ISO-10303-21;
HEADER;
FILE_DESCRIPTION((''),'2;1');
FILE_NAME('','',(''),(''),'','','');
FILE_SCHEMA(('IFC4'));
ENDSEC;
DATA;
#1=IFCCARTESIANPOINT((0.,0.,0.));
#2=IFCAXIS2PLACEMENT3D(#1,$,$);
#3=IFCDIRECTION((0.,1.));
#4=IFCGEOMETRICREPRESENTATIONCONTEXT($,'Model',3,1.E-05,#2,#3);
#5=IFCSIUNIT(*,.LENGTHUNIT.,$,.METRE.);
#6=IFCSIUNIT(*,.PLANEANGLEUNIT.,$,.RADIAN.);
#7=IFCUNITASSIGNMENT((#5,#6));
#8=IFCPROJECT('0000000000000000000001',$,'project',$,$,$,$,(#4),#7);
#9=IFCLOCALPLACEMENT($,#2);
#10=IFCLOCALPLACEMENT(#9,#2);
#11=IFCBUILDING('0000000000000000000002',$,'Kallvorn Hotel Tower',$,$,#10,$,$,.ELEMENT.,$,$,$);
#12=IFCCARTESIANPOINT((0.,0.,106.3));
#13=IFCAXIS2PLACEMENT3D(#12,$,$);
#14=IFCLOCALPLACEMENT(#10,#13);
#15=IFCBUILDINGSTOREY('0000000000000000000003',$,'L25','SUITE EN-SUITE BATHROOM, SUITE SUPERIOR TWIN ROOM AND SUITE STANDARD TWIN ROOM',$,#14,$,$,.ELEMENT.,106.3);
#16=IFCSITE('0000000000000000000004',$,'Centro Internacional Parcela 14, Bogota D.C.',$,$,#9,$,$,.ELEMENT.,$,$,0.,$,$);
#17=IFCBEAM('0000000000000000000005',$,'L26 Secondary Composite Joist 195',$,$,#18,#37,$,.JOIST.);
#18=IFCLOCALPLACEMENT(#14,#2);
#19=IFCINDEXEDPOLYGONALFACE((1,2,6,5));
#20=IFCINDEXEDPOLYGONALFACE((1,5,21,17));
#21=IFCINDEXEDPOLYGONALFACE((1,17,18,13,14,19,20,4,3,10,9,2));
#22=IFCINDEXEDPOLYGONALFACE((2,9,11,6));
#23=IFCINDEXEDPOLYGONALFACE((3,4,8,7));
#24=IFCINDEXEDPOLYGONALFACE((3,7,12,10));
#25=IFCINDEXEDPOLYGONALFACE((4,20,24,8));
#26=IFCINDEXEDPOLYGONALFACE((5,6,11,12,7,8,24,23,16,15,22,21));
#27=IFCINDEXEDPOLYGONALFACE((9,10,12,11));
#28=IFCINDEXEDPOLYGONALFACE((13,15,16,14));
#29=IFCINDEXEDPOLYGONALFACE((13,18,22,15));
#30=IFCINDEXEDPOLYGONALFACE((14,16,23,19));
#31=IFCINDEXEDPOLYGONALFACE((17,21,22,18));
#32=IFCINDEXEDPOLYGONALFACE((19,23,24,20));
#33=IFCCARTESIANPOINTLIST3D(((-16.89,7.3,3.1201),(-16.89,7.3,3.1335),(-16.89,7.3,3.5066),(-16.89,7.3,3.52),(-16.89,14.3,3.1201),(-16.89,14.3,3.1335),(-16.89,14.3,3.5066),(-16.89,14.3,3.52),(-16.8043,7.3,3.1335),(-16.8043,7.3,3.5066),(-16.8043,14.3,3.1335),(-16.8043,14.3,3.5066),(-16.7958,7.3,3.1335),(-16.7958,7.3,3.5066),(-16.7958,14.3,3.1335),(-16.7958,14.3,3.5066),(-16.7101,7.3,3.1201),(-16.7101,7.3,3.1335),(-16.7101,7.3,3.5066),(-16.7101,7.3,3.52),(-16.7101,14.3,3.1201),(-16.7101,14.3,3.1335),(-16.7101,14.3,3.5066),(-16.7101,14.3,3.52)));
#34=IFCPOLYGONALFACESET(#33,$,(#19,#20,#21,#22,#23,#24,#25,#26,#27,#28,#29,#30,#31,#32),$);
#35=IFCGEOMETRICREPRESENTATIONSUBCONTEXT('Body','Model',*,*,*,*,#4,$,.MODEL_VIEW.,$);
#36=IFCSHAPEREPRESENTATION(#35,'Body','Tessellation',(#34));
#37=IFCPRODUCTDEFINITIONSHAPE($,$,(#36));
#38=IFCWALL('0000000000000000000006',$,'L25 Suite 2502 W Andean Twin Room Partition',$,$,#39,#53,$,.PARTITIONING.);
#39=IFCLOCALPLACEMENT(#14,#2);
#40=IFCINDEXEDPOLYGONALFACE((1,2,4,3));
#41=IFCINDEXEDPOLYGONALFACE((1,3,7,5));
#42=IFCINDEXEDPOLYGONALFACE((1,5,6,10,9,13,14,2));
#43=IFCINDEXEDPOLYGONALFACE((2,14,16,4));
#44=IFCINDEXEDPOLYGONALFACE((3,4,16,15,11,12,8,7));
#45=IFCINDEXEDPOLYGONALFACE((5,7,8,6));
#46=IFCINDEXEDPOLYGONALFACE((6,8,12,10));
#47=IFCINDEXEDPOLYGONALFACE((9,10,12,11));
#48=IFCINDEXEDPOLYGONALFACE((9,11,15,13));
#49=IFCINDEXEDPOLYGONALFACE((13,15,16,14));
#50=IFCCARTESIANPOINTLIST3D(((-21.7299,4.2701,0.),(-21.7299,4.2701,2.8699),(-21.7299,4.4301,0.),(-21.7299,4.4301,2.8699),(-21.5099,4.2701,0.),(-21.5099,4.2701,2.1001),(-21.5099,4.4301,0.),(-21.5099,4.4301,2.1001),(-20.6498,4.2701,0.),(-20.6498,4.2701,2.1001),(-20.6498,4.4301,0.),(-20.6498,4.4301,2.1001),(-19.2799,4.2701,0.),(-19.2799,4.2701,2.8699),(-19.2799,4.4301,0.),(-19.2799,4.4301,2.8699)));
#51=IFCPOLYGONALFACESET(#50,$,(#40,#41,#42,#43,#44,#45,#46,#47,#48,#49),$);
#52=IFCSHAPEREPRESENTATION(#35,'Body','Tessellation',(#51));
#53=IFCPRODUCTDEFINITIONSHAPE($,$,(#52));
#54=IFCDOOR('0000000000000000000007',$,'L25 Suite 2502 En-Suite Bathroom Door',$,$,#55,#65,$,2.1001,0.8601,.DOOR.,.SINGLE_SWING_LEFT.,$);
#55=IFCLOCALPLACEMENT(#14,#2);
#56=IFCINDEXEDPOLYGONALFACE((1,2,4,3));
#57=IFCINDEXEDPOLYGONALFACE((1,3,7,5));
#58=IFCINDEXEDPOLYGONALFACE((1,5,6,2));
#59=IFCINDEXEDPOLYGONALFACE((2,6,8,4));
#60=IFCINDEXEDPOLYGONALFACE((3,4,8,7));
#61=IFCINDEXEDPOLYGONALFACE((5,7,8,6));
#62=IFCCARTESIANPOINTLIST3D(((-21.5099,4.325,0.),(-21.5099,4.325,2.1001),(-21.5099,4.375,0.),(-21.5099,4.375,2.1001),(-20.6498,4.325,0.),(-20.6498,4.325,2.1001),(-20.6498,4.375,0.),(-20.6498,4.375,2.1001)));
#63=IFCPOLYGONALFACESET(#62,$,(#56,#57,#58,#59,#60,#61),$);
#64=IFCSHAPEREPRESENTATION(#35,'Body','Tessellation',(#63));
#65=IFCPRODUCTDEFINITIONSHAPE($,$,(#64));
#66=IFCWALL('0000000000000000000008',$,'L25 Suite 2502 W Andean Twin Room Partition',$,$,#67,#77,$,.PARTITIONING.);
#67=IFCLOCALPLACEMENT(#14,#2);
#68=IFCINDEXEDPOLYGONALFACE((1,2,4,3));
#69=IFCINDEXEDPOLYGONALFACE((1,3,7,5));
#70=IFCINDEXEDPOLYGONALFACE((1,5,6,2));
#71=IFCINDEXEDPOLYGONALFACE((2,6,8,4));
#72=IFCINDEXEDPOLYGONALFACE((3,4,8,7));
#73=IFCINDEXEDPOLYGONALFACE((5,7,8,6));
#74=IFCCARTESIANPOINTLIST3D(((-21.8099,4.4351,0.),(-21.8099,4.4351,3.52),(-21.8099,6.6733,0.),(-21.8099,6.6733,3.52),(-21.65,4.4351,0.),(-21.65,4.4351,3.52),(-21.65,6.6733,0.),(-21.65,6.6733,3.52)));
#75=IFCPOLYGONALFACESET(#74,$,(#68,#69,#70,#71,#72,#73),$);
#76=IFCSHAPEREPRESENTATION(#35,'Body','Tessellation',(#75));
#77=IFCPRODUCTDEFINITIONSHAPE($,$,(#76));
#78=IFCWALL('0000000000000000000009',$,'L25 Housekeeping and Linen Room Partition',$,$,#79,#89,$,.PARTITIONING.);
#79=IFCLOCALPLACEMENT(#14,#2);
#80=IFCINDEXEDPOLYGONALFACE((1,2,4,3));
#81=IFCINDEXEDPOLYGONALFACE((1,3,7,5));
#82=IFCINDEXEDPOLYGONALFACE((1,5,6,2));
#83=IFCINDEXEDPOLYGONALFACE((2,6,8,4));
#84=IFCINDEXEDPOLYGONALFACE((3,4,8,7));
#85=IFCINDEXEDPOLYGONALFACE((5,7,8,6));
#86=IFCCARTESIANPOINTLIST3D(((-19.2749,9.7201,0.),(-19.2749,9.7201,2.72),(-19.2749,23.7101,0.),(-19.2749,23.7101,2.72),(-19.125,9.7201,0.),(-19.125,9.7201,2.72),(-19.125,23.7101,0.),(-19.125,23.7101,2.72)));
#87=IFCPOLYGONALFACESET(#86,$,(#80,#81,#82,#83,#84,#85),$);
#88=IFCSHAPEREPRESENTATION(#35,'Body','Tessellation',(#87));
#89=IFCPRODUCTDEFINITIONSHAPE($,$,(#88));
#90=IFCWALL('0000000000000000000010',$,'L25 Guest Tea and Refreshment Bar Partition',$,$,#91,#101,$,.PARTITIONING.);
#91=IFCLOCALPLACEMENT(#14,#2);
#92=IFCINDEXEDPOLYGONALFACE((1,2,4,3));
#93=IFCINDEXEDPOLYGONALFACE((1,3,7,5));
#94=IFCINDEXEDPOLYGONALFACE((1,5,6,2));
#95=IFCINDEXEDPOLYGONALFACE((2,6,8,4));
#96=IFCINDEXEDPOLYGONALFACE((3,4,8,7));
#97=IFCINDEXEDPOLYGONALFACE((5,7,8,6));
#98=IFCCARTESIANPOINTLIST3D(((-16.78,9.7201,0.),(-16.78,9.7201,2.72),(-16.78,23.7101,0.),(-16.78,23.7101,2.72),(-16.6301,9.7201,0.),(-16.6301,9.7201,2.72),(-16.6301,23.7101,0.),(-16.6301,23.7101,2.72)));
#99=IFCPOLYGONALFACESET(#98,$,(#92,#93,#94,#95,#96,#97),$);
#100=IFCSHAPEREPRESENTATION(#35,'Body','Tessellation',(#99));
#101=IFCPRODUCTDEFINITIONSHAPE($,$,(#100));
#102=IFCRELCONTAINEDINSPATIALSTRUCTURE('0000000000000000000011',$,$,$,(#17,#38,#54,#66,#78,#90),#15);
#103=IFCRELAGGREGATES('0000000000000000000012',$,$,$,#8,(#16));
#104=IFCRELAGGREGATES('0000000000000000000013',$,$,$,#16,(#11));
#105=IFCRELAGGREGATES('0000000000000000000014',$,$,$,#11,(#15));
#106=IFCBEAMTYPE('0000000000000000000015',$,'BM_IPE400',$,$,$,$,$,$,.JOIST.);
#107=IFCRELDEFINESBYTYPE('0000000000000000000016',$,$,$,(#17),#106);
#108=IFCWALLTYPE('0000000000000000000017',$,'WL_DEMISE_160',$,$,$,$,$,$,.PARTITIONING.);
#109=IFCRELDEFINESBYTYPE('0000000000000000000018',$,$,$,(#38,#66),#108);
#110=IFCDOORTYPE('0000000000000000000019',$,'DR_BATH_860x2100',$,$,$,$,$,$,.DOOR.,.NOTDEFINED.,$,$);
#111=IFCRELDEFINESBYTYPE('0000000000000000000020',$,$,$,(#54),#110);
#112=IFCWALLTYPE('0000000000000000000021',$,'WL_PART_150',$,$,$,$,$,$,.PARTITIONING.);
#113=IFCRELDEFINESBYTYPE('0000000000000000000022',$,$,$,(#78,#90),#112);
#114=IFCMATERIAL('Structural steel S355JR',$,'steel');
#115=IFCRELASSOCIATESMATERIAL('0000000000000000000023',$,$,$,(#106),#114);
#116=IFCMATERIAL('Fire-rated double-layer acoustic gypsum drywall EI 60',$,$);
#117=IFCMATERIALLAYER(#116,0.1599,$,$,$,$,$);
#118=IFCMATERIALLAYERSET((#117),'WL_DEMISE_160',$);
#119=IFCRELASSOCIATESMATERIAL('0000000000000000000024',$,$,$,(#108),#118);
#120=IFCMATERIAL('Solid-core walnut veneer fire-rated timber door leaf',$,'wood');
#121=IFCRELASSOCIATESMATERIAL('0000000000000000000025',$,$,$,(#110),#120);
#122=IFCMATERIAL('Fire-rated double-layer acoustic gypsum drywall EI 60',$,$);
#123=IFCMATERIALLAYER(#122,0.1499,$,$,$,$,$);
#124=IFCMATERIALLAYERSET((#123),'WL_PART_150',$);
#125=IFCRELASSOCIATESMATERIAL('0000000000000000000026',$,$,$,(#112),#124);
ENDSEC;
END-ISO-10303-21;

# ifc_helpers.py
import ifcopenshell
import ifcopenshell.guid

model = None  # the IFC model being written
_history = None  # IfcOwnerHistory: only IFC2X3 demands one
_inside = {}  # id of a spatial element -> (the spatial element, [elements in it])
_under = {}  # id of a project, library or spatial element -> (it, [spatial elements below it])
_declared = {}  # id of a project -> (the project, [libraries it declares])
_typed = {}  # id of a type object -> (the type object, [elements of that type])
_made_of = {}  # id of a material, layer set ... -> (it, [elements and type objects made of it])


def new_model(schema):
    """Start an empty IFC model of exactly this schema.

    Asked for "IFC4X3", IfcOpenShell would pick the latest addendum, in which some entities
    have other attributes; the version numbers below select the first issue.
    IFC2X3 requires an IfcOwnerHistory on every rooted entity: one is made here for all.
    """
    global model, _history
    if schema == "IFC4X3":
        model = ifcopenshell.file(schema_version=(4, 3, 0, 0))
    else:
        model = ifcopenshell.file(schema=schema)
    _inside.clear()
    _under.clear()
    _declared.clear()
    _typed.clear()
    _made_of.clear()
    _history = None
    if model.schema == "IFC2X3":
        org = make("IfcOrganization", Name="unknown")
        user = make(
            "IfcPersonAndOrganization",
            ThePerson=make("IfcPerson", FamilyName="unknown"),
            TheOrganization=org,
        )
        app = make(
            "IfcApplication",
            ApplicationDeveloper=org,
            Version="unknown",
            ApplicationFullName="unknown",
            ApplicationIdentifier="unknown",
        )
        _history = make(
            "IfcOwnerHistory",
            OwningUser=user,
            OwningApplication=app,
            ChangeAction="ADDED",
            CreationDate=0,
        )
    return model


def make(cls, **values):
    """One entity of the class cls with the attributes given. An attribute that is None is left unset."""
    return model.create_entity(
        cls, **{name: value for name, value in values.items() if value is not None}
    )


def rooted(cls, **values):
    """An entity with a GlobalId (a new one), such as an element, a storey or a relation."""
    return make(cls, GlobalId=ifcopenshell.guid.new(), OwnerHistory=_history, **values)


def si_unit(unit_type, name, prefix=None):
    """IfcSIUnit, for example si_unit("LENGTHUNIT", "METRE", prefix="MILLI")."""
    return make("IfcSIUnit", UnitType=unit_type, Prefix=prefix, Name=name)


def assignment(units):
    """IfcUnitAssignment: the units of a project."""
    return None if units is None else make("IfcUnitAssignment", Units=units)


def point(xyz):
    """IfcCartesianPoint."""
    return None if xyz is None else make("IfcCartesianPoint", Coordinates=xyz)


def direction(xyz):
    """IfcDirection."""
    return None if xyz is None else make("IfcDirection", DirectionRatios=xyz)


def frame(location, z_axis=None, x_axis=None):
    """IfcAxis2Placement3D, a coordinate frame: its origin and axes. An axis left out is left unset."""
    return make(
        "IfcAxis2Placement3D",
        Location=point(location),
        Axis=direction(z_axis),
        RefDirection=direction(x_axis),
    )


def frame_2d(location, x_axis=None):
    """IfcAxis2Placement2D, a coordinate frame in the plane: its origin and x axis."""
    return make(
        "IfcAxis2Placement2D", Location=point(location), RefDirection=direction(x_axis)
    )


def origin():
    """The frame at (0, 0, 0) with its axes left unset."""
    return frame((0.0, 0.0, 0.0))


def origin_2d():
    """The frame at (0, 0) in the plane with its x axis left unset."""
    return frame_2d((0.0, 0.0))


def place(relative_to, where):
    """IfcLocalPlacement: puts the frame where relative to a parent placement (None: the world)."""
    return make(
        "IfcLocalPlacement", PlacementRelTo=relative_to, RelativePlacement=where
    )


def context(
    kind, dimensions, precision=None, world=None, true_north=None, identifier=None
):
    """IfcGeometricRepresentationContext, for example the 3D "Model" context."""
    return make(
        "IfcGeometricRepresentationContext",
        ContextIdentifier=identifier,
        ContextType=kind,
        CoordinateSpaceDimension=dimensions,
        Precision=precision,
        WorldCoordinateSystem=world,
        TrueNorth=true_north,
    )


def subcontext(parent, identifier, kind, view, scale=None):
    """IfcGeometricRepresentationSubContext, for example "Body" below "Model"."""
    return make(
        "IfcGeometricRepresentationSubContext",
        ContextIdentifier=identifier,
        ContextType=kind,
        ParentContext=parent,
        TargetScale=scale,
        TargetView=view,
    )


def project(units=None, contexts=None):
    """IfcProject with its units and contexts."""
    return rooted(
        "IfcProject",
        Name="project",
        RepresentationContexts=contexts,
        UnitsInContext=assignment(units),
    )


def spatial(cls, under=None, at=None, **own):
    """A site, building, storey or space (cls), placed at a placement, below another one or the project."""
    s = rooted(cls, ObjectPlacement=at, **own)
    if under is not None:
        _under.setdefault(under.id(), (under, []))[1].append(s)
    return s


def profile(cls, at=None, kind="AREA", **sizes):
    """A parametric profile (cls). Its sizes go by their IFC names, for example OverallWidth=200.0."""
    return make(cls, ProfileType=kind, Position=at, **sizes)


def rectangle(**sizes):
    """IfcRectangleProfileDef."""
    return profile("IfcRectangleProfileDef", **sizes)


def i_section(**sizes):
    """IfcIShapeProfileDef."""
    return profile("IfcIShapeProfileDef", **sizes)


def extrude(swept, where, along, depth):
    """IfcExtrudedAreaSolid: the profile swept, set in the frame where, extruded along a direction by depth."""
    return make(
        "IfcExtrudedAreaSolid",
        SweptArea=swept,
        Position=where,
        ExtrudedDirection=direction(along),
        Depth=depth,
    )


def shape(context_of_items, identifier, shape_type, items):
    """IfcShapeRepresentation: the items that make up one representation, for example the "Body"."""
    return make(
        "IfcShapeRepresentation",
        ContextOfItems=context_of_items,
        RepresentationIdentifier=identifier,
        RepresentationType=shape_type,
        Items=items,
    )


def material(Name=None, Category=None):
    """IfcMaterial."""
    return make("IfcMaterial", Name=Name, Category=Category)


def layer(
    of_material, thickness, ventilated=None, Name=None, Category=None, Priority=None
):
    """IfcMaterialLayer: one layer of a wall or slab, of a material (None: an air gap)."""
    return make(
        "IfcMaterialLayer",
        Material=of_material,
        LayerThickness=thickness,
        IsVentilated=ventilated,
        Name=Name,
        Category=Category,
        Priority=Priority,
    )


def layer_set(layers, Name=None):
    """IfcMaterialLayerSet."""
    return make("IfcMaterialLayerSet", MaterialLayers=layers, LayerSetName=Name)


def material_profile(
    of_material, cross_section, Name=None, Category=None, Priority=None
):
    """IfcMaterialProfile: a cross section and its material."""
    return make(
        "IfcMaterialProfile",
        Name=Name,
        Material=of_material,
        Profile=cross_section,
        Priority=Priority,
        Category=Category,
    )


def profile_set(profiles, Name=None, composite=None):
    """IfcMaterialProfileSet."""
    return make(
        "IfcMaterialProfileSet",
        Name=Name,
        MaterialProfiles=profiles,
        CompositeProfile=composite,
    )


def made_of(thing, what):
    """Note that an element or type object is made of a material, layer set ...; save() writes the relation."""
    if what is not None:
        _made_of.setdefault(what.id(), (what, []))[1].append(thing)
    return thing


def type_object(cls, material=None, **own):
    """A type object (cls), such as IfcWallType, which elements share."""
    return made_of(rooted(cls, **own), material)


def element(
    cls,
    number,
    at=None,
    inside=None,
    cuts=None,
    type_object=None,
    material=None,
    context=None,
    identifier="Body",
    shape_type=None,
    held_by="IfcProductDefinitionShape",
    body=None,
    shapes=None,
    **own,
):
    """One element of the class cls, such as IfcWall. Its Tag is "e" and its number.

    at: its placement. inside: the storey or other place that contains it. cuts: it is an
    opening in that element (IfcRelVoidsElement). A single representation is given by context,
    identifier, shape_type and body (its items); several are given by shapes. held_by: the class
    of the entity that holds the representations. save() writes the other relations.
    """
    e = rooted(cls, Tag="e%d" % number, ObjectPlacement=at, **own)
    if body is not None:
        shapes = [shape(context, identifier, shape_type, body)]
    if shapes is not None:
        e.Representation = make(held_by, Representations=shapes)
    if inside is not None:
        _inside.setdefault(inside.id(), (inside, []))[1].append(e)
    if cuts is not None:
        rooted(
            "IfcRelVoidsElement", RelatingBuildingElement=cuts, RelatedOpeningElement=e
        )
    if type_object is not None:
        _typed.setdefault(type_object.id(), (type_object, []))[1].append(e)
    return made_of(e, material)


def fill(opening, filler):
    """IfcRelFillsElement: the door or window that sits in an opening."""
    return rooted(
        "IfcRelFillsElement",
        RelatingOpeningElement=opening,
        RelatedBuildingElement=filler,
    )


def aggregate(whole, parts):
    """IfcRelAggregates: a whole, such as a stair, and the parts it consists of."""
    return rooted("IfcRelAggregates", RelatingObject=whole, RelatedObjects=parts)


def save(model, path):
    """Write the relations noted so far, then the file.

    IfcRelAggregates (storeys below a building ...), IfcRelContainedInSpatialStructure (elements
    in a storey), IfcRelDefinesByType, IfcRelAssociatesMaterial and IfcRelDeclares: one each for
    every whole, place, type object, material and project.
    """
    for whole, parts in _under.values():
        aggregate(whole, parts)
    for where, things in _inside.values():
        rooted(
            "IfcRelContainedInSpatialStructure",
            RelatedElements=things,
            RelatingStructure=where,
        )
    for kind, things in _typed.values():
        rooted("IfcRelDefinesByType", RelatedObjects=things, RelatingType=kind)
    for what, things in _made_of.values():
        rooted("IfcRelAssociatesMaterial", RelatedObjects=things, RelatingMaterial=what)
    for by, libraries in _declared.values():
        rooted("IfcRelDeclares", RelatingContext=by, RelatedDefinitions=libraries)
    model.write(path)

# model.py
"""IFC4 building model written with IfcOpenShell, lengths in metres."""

from ifc_helpers import new_model, si_unit, direction, frame, frame_2d, origin, origin_2d, place, context, subcontext, project, spatial, rectangle, i_section, extrude, material, layer, layer_set, material_profile, profile_set, type_object, element, fill, save


model = new_model("IFC4")

# Units and contexts
model_context = context("Model", 3, precision=1e-05, world=origin(), true_north=direction((0.0, 1.0)))
body_context = subcontext(model_context, "Body", "Model", "MODEL_VIEW")
ifc_project = project(units=[si_unit("LENGTHUNIT", "METRE"), si_unit("PLANEANGLEUNIT", "RADIAN")], contexts=[model_context])

# Site, building, storey
site_placement = place(None, origin())
site = spatial("IfcSite", under=ifc_project, at=site_placement, Name="Centro Internacional Parcela 14, Bogota D.C.", CompositionType="ELEMENT", RefElevation=0.0)
building_placement = place(site_placement, origin())
building = spatial("IfcBuilding", under=site, at=building_placement, Name="Kallvorn Hotel Tower", CompositionType="ELEMENT")
storey_placement = place(building_placement, frame((0.0, 0.0, 106.3)))
storey = spatial("IfcBuildingStorey", under=building, at=storey_placement, Name="L25", Description="SUITE EN-SUITE BATHROOM, SUITE SUPERIOR TWIN ROOM AND SUITE STANDARD TWIN ROOM", CompositionType="ELEMENT", Elevation=106.3)

# Beam
ifc_material_1 = material(Name="Structural steel S355JR", Category="steel")
ifc_material_profile_1 = material_profile(ifc_material_1, i_section(OverallWidth=0.1799, OverallDepth=0.3999, WebThickness=0.0085, FlangeThickness=0.0134, at=origin_2d()), Name="IPE 400")
ifc_profile_set_1 = profile_set([ifc_material_profile_1], Name="Structural steel S355JR")
beam_type_1 = type_object("IfcBeamType", Name="BM_IPE400", PredefinedType="JOIST", material=ifc_profile_set_1)
for number, where, z_axis, x_axis, name in (
    (1, (-16.8, 7.3, 3.3201), (0.0, 1.0, 0.0), (-1.0, 0.0, 0.0), "L26 Secondary Composite Joist 195"),
):
    element("IfcBeam", number, at=place(storey_placement, frame(where, z_axis=z_axis, x_axis=x_axis)), inside=storey, type_object=beam_type_1, Name=name, PredefinedType="JOIST", context=body_context, shape_type="SweptSolid", body=[
        extrude(i_section(OverallWidth=0.1799, OverallDepth=0.3999, WebThickness=0.0085, FlangeThickness=0.0134, at=origin_2d()), origin(), (0.0, 0.0, 1.0), 7.0),
    ])

# Wall, opening, door
ifc_material_2 = material(Name="Fire-rated double-layer acoustic gypsum drywall EI 60")
ifc_layer_1 = layer(ifc_material_2, 0.1599)
ifc_layer_set_1 = layer_set([ifc_layer_1], Name="WL_DEMISE_160")
wall_type_1 = type_object("IfcWallType", Name="WL_DEMISE_160", PredefinedType="PARTITIONING", material=ifc_layer_set_1)
wall_1_placement = place(storey_placement, frame((-21.73, 4.3501, 0.0), z_axis=(0.0, 0.0, 1.0), x_axis=(1.0, 0.0, 0.0)))
wall_1 = element("IfcWall", 2, at=wall_1_placement, inside=storey, type_object=wall_type_1, Name="L25 Suite 2502 W Andean Twin Room Partition", PredefinedType="PARTITIONING", context=body_context, shape_type="SweptSolid", body=[
    extrude(rectangle(XDim=2.45, YDim=0.1599, at=frame_2d((1.2251, 0.0))), origin(), (0.0, 0.0, 1.0), 2.8699),
])
opening_placement = place(wall_1_placement, frame((0.22, 0.0, 0.0)))
opening = element("IfcOpeningElement", 3, at=opening_placement, cuts=wall_1, PredefinedType="OPENING", context=body_context, shape_type="SweptSolid", body=[
    extrude(rectangle(XDim=0.8601, YDim=2.1001, at=frame_2d((0.4302, 1.05))), frame((0.0, 0.095, 0.0), z_axis=(0.0, -1.0, 0.0), x_axis=(1.0, 0.0, 0.0)), (0.0, 0.0, 1.0), 0.1899),
])
ifc_material_3 = material(Name="Solid-core walnut veneer fire-rated timber door leaf", Category="wood")
door_type = type_object("IfcDoorType", Name="DR_BATH_860x2100", OperationType="NOTDEFINED", PredefinedType="DOOR", material=ifc_material_3)
door_placement = place(opening_placement, origin())
door = element("IfcDoor", 4, at=door_placement, inside=storey, type_object=door_type, Name="L25 Suite 2502 En-Suite Bathroom Door", OperationType="SINGLE_SWING_LEFT", OverallHeight=2.1001, OverallWidth=0.8601, PredefinedType="DOOR", context=body_context, shape_type="SweptSolid", body=[
    extrude(rectangle(XDim=0.8601, YDim=2.1001, at=frame_2d((0.4302, 1.05))), frame((0.0, 0.0249, 0.0), z_axis=(0.0, -1.0, 0.0), x_axis=(1.0, 0.0, 0.0)), (0.0, 0.0, 1.0), 0.05),
])
fill(opening, door)

# Walls
wall_2_placement = place(storey_placement, frame((-21.73, 4.4351, 0.0), z_axis=(0.0, 0.0, 1.0), x_axis=(0.0, 1.0, 0.0)))
element("IfcWall", 5, at=wall_2_placement, inside=storey, type_object=wall_type_1, Name="L25 Suite 2502 W Andean Twin Room Partition", PredefinedType="PARTITIONING", context=body_context, shape_type="SweptSolid", body=[
    extrude(rectangle(XDim=2.2383, YDim=0.1599, at=frame_2d((1.1191, 0.0))), origin(), (0.0, 0.0, 1.0), 3.52),
])
ifc_material_4 = material(Name="Fire-rated double-layer acoustic gypsum drywall EI 60")
ifc_layer_2 = layer(ifc_material_4, 0.1499)
ifc_layer_set_2 = layer_set([ifc_layer_2], Name="WL_PART_150")
wall_type_2 = type_object("IfcWallType", Name="WL_PART_150", PredefinedType="PARTITIONING", material=ifc_layer_set_2)
for number, where, z_axis, x_axis, name in (
    (6, (-19.2, 9.72, 0.0), (0.0, 0.0, 1.0), (0.0, 1.0, 0.0), "L25 Housekeeping and Linen Room Partition"),
    (7, (-16.7051, 9.72, 0.0), (0.0, 0.0, 1.0), (0.0, 1.0, 0.0), "L25 Guest Tea and Refreshment Bar Partition"),
):
    element("IfcWall", number, at=place(storey_placement, frame(where, z_axis=z_axis, x_axis=x_axis)), inside=storey, type_object=wall_type_2, Name=name, PredefinedType="PARTITIONING", context=body_context, shape_type="SweptSolid", body=[
        extrude(rectangle(XDim=13.99, YDim=0.1499, at=frame_2d((6.9951, 0.0))), origin(), (0.0, 0.0, 1.0), 2.72),
    ])

save(model, "model.ifc")
